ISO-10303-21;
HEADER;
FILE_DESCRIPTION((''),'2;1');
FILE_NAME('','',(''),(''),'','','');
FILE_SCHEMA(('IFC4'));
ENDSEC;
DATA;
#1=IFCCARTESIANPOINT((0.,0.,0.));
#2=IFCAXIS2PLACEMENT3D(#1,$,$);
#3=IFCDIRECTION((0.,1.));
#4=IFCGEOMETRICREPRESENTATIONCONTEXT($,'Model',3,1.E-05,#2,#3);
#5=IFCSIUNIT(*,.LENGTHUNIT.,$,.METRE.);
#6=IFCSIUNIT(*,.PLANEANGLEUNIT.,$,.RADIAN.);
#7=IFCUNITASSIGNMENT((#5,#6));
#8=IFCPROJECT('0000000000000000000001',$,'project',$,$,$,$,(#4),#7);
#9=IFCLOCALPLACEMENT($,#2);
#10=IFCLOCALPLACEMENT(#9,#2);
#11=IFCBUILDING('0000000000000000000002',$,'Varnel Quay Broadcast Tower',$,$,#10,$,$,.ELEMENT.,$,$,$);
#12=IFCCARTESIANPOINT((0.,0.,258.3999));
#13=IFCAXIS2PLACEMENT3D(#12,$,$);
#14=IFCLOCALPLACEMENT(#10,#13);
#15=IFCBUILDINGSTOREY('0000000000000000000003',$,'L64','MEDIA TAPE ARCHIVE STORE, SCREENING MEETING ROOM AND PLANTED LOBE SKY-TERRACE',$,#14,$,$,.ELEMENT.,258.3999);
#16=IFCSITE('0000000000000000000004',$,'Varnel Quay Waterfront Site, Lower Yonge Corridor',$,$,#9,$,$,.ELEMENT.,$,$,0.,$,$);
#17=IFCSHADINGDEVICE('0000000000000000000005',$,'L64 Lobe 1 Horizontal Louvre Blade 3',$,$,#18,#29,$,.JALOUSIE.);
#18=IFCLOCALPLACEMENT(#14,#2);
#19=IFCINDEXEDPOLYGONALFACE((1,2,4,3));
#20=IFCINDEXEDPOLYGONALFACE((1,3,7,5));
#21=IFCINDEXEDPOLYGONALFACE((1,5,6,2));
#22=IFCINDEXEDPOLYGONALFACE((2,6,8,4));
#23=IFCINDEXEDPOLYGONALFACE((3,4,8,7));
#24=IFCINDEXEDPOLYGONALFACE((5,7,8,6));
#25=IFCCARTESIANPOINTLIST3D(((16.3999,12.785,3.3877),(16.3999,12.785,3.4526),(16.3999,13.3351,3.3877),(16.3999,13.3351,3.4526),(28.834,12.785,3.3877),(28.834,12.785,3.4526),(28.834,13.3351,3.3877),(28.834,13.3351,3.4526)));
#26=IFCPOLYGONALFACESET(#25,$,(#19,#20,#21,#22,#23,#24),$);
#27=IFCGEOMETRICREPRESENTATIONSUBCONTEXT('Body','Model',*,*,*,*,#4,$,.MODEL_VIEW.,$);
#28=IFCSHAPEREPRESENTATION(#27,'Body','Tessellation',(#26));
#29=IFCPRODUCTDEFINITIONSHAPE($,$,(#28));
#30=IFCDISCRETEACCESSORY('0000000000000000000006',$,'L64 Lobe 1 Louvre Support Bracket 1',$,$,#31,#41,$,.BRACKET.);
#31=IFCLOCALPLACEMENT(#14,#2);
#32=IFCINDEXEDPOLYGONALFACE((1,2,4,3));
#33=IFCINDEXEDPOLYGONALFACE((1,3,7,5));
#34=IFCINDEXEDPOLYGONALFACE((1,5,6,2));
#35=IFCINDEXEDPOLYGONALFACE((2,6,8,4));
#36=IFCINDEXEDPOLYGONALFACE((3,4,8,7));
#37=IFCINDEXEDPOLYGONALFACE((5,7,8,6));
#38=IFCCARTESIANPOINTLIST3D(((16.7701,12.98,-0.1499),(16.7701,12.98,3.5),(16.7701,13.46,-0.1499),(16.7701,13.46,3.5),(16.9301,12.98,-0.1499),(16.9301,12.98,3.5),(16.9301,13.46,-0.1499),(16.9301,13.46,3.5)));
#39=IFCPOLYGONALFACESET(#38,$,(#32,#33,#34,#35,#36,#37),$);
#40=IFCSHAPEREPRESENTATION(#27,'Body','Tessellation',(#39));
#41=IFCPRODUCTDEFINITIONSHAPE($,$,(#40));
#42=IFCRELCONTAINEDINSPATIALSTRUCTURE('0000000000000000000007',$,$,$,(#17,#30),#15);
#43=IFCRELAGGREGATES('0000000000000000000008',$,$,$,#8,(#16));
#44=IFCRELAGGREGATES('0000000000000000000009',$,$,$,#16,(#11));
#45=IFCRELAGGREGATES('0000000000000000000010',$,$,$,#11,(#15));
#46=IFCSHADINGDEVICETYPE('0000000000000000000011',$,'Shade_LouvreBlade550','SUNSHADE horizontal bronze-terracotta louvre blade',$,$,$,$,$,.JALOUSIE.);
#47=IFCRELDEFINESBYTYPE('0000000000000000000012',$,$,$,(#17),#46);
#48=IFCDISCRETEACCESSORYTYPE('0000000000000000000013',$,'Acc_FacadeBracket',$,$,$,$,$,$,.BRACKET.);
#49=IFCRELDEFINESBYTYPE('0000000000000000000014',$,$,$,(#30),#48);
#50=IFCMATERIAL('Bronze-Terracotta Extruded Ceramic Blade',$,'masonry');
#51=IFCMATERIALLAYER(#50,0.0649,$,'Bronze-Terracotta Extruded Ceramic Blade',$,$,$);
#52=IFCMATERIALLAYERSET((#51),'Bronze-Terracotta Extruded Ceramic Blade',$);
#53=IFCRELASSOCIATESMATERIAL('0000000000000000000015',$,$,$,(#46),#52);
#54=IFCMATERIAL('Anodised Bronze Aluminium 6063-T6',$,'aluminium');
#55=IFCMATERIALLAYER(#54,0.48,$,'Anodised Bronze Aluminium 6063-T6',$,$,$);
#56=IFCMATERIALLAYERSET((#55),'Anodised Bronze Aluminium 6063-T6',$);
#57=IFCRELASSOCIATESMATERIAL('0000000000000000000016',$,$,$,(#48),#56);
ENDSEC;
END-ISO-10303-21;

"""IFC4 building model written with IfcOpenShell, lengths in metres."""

from ifc_helpers import new_model, si_unit, direction, frame, origin, origin_2d, place, context, subcontext, project, spatial, rectangle, extrude, source, transform, mapped, material, layer, layer_set, type_object, type_shapes, element, save


model = new_model("IFC4")

# Units and contexts
model_context = context("Model", 3, precision=1e-05, world=origin(), true_north=direction((0.0, 1.0)))
body_context = subcontext(model_context, "Body", "Model", "MODEL_VIEW")
ifc_project = project(units=[si_unit("LENGTHUNIT", "METRE"), si_unit("PLANEANGLEUNIT", "RADIAN")], contexts=[model_context])

# Site, building, storey
site_placement = place(None, origin())
site = spatial("IfcSite", under=ifc_project, at=site_placement, Name="Varnel Quay Waterfront Site, Lower Yonge Corridor", CompositionType="ELEMENT", RefElevation=0.0)
building_placement = place(site_placement, origin())
building = spatial("IfcBuilding", under=site, at=building_placement, Name="Varnel Quay Broadcast Tower", CompositionType="ELEMENT")
storey_placement = place(building_placement, frame((0.0, 0.0, 258.3999)))
storey = spatial("IfcBuildingStorey", under=building, at=storey_placement, Name="L64", Description="MEDIA TAPE ARCHIVE STORE, SCREENING MEETING ROOM AND PLANTED LOBE SKY-TERRACE", CompositionType="ELEMENT", Elevation=258.3999)

# Shared definitions
ifc_material_1 = material(Name="Anodised Bronze Aluminium 6063-T6", Category="aluminium")

# Shared definitions
ifc_material_2 = material(Name="Bronze-Terracotta Extruded Ceramic Blade", Category="masonry")

# Shading device
ifc_layer_1 = layer(ifc_material_2, 0.0649, Name="Bronze-Terracotta Extruded Ceramic Blade")
ifc_layer_set_1 = layer_set([ifc_layer_1], Name="Bronze-Terracotta Extruded Ceramic Blade")
shading_device_type = type_object("IfcShadingDeviceType", Name="Shade_LouvreBlade550", Description="SUNSHADE horizontal bronze-terracotta louvre blade", PredefinedType="JALOUSIE", material=ifc_layer_set_1)
shared_shape_1 = source(origin(), body_context, "Body", "SweptSolid", [
    extrude(rectangle(XDim=12.4341, YDim=0.55, at=origin_2d()), origin(), (0.0, 0.0, 1.0), 0.0649),
])
type_shapes(shading_device_type, [shared_shape_1])
for number, where, z_axis, x_axis, name in (
    (1, (22.6169, 13.0601, 3.3877), (0.0, 0.0, 1.0), (1.0, 0.0, 0.0), "L64 Lobe 1 Horizontal Louvre Blade 3"),
):
    element("IfcShadingDevice", number, at=place(storey_placement, frame(where, z_axis=z_axis, x_axis=x_axis)), inside=storey, type_object=shading_device_type, Name=name, PredefinedType="JALOUSIE", context=body_context, shape_type="MappedRepresentation", body=[
        mapped(shared_shape_1, transform((0.0, 0.0, 0.0), x_axis=(1.0, 0.0, 0.0), y_axis=(0.0, 1.0, 0.0), z_axis=(0.0, 0.0, 1.0), scale=1.0)),
    ])

# Discrete accessory
ifc_layer_2 = layer(ifc_material_1, 0.48, Name="Anodised Bronze Aluminium 6063-T6")
ifc_layer_set_2 = layer_set([ifc_layer_2], Name="Anodised Bronze Aluminium 6063-T6")
discrete_accessory_type = type_object("IfcDiscreteAccessoryType", Name="Acc_FacadeBracket", PredefinedType="BRACKET", material=ifc_layer_set_2)
shared_shape_2 = source(origin(), body_context, "Body", "SweptSolid", [
    extrude(rectangle(XDim=0.1599, YDim=0.48, at=origin_2d()), origin(), (0.0, 0.0, 1.0), 3.6499),
])
type_shapes(discrete_accessory_type, [shared_shape_2])
discrete_accessory_placement = place(storey_placement, frame((16.8501, 13.22, -0.1499), z_axis=(0.0, 0.0, 1.0), x_axis=(1.0, 0.0, 0.0)))
element("IfcDiscreteAccessory", 2, at=discrete_accessory_placement, inside=storey, type_object=discrete_accessory_type, Name="L64 Lobe 1 Louvre Support Bracket 1", PredefinedType="BRACKET", context=body_context, shape_type="MappedRepresentation", body=[
    mapped(shared_shape_2, transform((0.0, 0.0, 0.0), x_axis=(1.0, 0.0, 0.0), y_axis=(0.0, 1.0, 0.0), z_axis=(0.0, 0.0, 1.0), scale=1.0)),
])

save(model, "model.ifc")
